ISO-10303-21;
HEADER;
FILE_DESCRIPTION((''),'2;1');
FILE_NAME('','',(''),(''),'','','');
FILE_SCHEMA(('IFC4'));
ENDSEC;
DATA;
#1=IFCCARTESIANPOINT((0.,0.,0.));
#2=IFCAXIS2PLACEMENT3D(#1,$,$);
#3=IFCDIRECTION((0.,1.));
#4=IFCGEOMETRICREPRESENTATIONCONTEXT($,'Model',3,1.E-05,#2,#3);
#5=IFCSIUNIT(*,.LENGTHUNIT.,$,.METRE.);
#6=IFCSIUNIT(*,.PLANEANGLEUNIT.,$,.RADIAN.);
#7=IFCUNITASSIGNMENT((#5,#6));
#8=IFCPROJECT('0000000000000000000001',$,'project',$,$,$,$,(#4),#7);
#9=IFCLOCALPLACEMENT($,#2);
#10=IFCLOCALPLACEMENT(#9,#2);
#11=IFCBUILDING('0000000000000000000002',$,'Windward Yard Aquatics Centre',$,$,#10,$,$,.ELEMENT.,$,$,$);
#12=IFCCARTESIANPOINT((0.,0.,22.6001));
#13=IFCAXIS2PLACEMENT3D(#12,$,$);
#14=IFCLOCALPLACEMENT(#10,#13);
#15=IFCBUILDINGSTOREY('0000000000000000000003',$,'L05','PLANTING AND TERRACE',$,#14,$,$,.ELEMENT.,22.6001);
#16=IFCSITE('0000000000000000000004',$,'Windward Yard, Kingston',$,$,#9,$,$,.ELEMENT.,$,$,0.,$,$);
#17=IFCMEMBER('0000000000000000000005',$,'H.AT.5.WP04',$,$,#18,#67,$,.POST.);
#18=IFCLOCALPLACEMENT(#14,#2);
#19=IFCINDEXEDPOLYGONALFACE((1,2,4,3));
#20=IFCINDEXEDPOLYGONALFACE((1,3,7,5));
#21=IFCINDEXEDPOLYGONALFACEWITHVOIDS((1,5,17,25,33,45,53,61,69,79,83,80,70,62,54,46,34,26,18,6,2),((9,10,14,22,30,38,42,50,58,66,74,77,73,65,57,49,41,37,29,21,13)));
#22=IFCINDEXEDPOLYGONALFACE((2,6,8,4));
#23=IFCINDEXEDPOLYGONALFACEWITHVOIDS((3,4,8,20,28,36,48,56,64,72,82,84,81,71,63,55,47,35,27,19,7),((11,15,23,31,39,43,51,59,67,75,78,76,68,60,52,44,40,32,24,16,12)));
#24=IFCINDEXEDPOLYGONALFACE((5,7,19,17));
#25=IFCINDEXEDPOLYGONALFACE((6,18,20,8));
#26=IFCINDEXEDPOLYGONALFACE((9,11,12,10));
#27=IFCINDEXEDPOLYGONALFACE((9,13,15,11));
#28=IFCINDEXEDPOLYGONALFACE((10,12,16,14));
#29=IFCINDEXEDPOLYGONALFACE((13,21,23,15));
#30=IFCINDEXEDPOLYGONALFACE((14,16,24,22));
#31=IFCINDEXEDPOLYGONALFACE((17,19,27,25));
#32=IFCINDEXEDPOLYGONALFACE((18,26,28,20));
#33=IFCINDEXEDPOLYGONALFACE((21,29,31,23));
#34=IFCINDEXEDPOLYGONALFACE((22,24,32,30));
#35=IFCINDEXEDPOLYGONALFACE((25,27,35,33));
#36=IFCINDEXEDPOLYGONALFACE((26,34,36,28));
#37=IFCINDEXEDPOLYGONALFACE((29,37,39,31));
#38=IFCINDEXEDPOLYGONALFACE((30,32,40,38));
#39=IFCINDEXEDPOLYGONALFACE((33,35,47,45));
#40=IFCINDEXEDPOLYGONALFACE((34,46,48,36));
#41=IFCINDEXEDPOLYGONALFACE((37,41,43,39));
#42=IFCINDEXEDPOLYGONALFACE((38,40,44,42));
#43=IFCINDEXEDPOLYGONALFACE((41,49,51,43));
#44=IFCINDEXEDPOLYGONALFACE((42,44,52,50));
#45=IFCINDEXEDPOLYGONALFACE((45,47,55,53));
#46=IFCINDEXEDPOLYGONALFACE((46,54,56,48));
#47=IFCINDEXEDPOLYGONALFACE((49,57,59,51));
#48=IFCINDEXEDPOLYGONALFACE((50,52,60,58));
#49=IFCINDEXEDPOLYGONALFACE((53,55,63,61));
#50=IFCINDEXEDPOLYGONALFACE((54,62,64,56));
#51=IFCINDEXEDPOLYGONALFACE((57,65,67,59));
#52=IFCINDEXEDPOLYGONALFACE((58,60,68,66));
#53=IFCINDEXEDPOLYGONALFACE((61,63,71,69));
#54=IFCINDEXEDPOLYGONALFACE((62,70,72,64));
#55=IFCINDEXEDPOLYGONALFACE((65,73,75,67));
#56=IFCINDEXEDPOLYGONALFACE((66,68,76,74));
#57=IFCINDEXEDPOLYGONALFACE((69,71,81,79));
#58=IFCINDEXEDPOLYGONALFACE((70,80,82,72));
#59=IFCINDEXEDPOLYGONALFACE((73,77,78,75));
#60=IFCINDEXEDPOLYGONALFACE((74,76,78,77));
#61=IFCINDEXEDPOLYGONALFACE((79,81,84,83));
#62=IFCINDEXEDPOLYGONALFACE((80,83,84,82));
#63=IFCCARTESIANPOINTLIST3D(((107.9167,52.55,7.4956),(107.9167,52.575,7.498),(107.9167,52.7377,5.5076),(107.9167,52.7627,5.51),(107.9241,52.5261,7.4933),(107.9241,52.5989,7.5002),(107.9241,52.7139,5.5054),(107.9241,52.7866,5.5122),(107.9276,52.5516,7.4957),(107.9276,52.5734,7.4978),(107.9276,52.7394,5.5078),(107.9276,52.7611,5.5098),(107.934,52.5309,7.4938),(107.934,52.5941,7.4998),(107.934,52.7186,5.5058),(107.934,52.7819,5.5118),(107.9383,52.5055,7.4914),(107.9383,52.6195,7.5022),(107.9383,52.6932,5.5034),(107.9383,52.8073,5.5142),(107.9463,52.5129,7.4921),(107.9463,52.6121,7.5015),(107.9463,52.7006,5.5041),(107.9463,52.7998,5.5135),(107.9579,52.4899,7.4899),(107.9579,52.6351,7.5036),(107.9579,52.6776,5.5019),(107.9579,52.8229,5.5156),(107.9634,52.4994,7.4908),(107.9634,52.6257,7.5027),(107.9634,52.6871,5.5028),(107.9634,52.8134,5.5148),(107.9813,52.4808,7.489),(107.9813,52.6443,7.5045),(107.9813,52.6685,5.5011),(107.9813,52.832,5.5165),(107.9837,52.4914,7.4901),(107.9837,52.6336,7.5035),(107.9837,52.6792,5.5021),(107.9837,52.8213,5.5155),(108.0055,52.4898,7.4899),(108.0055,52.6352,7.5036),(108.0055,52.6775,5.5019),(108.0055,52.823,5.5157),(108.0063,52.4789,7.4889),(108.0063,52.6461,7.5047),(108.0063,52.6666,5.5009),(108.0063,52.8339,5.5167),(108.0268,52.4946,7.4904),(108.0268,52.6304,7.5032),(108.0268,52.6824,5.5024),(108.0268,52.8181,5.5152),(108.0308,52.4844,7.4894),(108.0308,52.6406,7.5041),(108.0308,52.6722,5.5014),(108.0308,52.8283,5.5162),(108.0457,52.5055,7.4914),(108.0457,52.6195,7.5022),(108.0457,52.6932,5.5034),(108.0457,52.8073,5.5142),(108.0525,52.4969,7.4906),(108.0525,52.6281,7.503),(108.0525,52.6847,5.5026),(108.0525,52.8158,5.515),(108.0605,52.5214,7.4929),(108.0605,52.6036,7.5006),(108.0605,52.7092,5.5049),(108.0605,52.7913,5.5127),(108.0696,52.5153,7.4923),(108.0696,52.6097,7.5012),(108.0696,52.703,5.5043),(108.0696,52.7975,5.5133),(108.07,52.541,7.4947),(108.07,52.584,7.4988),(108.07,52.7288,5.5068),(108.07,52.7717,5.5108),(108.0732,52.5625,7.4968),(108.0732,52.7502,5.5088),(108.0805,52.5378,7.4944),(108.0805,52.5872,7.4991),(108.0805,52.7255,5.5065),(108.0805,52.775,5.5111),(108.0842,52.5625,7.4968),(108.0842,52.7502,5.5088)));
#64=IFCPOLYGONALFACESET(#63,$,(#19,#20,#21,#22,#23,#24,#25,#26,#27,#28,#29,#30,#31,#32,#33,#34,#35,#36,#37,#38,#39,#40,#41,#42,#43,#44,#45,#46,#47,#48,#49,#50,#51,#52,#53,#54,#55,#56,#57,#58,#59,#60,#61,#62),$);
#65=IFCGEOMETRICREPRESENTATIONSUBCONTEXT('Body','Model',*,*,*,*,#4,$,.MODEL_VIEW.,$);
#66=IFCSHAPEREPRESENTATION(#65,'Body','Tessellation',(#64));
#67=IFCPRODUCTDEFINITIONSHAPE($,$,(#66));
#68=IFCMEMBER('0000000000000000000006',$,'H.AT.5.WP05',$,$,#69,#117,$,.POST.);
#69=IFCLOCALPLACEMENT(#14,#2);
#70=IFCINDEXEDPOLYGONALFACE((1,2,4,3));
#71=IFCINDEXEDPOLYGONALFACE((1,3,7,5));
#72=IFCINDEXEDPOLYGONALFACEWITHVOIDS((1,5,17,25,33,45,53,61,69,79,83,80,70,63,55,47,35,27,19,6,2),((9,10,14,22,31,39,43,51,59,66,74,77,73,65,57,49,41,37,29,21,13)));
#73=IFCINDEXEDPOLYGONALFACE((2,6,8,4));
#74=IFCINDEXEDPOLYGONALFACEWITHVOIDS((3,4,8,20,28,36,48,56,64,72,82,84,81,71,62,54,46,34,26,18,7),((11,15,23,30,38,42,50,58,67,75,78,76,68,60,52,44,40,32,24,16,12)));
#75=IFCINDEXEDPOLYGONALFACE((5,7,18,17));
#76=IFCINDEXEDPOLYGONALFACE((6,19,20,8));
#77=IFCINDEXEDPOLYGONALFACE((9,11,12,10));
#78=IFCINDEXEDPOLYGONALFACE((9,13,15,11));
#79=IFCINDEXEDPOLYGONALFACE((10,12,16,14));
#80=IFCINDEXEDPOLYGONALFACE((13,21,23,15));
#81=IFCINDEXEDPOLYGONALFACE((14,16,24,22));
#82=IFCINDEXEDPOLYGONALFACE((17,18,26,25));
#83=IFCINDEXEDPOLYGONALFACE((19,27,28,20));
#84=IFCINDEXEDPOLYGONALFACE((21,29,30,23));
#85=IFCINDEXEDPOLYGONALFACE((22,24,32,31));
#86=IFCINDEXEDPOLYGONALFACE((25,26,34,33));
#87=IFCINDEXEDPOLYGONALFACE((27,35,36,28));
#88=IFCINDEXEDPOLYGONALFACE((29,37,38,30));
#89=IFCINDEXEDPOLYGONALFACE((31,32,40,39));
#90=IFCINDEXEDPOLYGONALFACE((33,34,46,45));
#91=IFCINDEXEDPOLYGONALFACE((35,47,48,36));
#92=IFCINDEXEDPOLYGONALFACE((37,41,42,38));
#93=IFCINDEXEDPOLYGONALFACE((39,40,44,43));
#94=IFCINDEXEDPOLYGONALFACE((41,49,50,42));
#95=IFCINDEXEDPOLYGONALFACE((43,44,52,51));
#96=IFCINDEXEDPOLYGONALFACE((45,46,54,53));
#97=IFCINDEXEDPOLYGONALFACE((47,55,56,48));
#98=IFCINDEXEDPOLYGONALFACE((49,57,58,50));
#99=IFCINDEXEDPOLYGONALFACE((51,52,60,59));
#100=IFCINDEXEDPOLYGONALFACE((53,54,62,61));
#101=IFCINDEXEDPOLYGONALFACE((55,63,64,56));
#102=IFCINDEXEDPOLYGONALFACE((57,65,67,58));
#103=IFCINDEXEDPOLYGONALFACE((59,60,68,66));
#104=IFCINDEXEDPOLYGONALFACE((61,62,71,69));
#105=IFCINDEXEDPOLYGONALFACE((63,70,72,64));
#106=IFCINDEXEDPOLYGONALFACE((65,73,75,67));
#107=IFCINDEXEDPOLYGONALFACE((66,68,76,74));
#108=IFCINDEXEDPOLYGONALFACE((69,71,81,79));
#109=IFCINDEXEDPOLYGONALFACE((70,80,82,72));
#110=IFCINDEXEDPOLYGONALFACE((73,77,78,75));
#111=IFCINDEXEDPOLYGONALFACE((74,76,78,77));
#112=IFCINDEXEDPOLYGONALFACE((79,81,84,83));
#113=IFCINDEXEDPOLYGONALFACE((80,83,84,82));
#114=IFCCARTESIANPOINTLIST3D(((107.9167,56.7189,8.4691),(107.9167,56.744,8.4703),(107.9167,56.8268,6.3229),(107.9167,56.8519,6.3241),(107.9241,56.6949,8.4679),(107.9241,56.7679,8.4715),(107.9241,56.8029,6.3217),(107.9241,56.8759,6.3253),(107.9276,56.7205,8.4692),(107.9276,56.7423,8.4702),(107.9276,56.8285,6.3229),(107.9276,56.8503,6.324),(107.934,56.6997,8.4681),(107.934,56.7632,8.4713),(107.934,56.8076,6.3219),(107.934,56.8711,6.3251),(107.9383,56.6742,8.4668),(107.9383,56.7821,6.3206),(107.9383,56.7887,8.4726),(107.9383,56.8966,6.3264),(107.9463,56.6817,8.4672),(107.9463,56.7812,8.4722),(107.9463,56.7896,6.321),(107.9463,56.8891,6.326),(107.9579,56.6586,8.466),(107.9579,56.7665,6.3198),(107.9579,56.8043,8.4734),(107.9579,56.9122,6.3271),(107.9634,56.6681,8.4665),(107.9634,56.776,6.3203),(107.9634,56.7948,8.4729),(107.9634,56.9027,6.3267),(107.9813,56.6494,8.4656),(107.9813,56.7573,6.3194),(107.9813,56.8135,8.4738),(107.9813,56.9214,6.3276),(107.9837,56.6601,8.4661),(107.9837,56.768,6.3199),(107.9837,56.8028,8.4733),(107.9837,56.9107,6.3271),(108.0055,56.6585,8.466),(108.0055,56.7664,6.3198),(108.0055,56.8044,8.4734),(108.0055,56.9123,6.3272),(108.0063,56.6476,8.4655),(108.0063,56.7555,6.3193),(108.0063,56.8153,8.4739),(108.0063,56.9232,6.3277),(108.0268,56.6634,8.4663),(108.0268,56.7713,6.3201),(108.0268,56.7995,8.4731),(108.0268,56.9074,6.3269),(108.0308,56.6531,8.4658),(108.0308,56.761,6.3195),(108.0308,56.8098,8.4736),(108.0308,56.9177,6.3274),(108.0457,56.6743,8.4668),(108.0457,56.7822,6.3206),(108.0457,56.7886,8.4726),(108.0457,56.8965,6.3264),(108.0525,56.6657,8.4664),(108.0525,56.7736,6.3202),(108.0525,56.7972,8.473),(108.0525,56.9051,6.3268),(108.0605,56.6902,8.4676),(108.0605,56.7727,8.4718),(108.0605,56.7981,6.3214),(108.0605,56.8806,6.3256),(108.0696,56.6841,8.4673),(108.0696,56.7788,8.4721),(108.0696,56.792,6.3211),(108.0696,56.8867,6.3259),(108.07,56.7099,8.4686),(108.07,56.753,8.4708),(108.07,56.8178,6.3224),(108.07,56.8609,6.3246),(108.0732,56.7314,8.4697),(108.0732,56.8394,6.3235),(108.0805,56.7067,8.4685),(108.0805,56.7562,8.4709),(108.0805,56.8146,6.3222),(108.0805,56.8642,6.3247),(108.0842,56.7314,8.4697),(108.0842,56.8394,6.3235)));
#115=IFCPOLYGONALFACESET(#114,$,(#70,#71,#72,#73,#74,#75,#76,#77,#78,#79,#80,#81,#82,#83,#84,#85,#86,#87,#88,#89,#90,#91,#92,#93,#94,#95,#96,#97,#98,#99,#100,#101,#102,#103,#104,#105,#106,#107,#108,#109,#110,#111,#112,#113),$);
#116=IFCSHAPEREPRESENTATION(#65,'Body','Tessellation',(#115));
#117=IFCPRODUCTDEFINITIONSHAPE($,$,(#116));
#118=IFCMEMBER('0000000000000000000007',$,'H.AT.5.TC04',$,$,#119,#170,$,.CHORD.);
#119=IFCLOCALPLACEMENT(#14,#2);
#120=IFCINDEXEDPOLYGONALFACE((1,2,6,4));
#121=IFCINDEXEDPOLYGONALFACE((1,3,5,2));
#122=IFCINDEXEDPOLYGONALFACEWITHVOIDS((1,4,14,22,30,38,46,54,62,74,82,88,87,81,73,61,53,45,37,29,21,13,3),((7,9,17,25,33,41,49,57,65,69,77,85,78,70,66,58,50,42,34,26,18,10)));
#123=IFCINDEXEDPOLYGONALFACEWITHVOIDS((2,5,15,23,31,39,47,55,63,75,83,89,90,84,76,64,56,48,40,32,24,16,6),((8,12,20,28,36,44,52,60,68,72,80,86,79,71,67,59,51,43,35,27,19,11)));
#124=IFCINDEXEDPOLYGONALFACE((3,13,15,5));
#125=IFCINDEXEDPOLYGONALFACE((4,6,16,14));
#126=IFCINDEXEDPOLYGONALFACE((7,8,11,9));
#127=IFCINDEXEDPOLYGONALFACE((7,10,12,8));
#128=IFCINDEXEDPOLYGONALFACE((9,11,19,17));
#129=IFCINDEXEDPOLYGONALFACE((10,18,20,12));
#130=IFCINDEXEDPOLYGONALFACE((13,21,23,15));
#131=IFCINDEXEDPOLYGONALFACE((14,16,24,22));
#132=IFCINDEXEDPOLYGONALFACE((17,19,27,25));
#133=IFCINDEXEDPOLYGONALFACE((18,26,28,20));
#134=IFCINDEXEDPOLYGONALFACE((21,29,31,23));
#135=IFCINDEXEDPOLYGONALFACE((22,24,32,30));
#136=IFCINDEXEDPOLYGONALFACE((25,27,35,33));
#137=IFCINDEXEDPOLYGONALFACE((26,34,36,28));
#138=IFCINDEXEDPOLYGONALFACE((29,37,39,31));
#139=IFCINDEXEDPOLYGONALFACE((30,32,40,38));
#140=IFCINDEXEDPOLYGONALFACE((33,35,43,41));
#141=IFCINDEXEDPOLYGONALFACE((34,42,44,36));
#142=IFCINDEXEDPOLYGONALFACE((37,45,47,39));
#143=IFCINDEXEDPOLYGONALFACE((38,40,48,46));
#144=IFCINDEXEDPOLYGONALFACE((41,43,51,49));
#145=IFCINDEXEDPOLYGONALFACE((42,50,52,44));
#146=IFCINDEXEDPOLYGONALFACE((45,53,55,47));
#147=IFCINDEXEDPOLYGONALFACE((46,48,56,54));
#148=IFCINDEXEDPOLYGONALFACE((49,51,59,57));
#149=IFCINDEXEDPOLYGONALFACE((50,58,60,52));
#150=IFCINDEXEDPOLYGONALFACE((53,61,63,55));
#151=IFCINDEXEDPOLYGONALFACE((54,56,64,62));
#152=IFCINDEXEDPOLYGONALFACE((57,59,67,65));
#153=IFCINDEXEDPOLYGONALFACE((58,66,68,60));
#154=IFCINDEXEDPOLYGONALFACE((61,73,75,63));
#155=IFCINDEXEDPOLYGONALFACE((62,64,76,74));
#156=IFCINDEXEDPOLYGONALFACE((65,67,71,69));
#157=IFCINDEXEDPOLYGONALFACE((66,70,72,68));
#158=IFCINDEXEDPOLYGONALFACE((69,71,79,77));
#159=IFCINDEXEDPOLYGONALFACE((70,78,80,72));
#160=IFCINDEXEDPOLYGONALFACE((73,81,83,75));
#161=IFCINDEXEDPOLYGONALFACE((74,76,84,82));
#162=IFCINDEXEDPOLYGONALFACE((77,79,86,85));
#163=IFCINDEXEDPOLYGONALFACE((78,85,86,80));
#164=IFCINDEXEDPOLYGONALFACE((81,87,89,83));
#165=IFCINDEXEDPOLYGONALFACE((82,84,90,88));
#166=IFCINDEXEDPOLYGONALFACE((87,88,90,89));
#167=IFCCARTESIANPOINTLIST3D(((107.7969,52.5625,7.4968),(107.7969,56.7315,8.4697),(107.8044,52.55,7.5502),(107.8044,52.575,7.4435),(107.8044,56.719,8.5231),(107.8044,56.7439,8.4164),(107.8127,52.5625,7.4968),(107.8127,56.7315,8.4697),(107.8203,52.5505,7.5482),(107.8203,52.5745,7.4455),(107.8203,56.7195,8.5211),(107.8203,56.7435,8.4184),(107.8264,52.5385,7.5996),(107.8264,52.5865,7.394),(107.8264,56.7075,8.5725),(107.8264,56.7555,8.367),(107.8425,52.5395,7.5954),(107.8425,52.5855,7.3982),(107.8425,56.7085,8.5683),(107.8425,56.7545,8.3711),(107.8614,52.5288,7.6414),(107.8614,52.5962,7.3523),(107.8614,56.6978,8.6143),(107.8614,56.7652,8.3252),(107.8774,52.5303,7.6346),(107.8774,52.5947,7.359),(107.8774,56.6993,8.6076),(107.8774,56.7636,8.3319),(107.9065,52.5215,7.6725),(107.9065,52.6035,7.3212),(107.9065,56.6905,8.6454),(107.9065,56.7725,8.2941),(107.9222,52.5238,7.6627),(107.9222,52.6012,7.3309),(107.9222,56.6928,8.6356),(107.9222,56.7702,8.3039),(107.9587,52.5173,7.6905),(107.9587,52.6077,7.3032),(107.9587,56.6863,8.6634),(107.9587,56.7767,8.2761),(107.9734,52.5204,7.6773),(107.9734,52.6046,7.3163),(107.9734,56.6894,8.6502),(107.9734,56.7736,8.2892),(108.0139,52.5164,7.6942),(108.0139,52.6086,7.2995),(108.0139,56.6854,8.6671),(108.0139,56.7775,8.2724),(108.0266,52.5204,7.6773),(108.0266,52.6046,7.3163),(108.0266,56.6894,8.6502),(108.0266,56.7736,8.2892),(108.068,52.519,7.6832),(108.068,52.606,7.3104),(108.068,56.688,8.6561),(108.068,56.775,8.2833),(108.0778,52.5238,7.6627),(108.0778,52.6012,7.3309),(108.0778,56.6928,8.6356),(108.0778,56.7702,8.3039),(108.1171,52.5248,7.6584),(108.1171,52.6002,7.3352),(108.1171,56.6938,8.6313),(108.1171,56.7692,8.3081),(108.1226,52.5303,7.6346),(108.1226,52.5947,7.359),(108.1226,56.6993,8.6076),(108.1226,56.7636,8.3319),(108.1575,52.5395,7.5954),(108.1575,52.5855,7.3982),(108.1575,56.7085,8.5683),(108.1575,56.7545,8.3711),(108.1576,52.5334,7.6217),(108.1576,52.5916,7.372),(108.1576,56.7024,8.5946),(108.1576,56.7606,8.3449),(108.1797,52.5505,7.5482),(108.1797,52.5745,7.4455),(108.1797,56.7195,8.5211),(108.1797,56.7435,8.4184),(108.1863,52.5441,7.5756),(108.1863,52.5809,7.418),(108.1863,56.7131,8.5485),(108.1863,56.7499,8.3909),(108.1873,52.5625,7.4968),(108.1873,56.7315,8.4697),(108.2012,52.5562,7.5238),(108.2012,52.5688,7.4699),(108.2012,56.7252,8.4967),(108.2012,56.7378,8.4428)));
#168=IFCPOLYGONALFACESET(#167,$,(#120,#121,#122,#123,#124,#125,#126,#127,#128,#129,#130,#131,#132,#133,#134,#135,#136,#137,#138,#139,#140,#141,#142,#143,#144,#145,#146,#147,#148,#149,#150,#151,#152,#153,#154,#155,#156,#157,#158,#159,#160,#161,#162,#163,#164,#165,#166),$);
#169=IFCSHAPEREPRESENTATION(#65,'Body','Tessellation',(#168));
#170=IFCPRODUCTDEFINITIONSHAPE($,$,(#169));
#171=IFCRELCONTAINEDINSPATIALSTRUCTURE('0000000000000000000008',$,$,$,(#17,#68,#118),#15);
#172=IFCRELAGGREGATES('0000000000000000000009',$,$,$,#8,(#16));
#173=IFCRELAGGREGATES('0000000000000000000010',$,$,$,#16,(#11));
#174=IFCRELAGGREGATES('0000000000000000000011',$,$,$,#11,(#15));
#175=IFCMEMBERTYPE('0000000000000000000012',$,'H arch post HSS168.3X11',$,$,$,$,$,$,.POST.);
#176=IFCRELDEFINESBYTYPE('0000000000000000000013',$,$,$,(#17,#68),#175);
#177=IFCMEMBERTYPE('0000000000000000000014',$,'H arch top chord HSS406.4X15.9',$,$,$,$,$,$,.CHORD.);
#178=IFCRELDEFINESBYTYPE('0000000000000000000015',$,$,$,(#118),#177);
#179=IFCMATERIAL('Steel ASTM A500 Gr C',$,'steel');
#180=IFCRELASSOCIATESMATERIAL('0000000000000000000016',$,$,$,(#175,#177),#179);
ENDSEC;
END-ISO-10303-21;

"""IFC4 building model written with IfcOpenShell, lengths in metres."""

from ifc_helpers import new_model, si_unit, direction, frame, origin, origin_2d, place, context, subcontext, project, spatial, hollow_circle, extrude, material, material_profile, profile_set, type_object, element, save


model = new_model("IFC4")

# Units and contexts
model_context = context("Model", 3, precision=1e-05, world=origin(), true_north=direction((0.0, 1.0)))
body_context = subcontext(model_context, "Body", "Model", "MODEL_VIEW")
ifc_project = project(units=[si_unit("LENGTHUNIT", "METRE"), si_unit("PLANEANGLEUNIT", "RADIAN")], contexts=[model_context])

# Site, building, storey
site_placement = place(None, origin())
site = spatial("IfcSite", under=ifc_project, at=site_placement, Name="Windward Yard, Kingston", CompositionType="ELEMENT", RefElevation=0.0)
building_placement = place(site_placement, origin())
building = spatial("IfcBuilding", under=site, at=building_placement, Name="Windward Yard Aquatics Centre", CompositionType="ELEMENT")
storey_placement = place(building_placement, frame((0.0, 0.0, 22.6001)))
storey = spatial("IfcBuildingStorey", under=building, at=storey_placement, Name="L05", Description="PLANTING AND TERRACE", CompositionType="ELEMENT", Elevation=22.6001)

# Members
ifc_material_1 = material(Name="Steel ASTM A500 Gr C", Category="steel")
ifc_material_profile_1 = material_profile(ifc_material_1, hollow_circle(Radius=0.0842, WallThickness=0.011, at=origin_2d()), Name="HSS168.3X11")
ifc_profile_set_1 = profile_set([ifc_material_profile_1], Name="Steel ASTM A500 Gr C")
member_type_1 = type_object("IfcMemberType", Name="H arch post HSS168.3X11", PredefinedType="POST", material=ifc_profile_set_1)
member_1_placement = place(storey_placement, frame((108.0, 52.7502, 5.5088), z_axis=(0.0, -0.094019, 0.99557), x_axis=(1.0, 0.0, 0.0)))
element("IfcMember", 1, at=member_1_placement, inside=storey, type_object=member_type_1, Name="H.AT.5.WP04", PredefinedType="POST", context=body_context, shape_type="SweptSolid", body=[
    extrude(hollow_circle(Radius=0.0842, WallThickness=0.011, at=origin_2d()), origin(), (0.0, 0.0, 1.0), 1.9968),
])
member_2_placement = place(storey_placement, frame((108.0, 56.8394, 6.3235), z_axis=(0.0, -0.050215, 0.998738), x_axis=(1.0, 0.0, 0.0)))
element("IfcMember", 2, at=member_2_placement, inside=storey, type_object=member_type_1, Name="H.AT.5.WP05", PredefinedType="POST", context=body_context, shape_type="SweptSolid", body=[
    extrude(hollow_circle(Radius=0.0842, WallThickness=0.011, at=origin_2d()), origin(), (0.0, 0.0, 1.0), 2.1489),
])
ifc_material_profile_2 = material_profile(ifc_material_1, hollow_circle(Radius=0.2031, WallThickness=0.0159, at=origin_2d()), Name="HSS406.4X15.9")
ifc_profile_set_2 = profile_set([ifc_material_profile_2], Name="Steel ASTM A500 Gr C")
member_type_2 = type_object("IfcMemberType", Name="H arch top chord HSS406.4X15.9", PredefinedType="CHORD", material=ifc_profile_set_2)
member_3_placement = place(storey_placement, frame((108.0, 52.5625, 7.4968), z_axis=(0.0, 0.973834, 0.227262), x_axis=(-1.0, 0.0, 0.0)))
element("IfcMember", 3, at=member_3_placement, inside=storey, type_object=member_type_2, Name="H.AT.5.TC04", PredefinedType="CHORD", context=body_context, shape_type="SweptSolid", body=[
    extrude(hollow_circle(Radius=0.2031, WallThickness=0.0159, at=origin_2d()), origin(), (0.0, 0.0, 1.0), 4.281),
])

save(model, "model.ifc")
